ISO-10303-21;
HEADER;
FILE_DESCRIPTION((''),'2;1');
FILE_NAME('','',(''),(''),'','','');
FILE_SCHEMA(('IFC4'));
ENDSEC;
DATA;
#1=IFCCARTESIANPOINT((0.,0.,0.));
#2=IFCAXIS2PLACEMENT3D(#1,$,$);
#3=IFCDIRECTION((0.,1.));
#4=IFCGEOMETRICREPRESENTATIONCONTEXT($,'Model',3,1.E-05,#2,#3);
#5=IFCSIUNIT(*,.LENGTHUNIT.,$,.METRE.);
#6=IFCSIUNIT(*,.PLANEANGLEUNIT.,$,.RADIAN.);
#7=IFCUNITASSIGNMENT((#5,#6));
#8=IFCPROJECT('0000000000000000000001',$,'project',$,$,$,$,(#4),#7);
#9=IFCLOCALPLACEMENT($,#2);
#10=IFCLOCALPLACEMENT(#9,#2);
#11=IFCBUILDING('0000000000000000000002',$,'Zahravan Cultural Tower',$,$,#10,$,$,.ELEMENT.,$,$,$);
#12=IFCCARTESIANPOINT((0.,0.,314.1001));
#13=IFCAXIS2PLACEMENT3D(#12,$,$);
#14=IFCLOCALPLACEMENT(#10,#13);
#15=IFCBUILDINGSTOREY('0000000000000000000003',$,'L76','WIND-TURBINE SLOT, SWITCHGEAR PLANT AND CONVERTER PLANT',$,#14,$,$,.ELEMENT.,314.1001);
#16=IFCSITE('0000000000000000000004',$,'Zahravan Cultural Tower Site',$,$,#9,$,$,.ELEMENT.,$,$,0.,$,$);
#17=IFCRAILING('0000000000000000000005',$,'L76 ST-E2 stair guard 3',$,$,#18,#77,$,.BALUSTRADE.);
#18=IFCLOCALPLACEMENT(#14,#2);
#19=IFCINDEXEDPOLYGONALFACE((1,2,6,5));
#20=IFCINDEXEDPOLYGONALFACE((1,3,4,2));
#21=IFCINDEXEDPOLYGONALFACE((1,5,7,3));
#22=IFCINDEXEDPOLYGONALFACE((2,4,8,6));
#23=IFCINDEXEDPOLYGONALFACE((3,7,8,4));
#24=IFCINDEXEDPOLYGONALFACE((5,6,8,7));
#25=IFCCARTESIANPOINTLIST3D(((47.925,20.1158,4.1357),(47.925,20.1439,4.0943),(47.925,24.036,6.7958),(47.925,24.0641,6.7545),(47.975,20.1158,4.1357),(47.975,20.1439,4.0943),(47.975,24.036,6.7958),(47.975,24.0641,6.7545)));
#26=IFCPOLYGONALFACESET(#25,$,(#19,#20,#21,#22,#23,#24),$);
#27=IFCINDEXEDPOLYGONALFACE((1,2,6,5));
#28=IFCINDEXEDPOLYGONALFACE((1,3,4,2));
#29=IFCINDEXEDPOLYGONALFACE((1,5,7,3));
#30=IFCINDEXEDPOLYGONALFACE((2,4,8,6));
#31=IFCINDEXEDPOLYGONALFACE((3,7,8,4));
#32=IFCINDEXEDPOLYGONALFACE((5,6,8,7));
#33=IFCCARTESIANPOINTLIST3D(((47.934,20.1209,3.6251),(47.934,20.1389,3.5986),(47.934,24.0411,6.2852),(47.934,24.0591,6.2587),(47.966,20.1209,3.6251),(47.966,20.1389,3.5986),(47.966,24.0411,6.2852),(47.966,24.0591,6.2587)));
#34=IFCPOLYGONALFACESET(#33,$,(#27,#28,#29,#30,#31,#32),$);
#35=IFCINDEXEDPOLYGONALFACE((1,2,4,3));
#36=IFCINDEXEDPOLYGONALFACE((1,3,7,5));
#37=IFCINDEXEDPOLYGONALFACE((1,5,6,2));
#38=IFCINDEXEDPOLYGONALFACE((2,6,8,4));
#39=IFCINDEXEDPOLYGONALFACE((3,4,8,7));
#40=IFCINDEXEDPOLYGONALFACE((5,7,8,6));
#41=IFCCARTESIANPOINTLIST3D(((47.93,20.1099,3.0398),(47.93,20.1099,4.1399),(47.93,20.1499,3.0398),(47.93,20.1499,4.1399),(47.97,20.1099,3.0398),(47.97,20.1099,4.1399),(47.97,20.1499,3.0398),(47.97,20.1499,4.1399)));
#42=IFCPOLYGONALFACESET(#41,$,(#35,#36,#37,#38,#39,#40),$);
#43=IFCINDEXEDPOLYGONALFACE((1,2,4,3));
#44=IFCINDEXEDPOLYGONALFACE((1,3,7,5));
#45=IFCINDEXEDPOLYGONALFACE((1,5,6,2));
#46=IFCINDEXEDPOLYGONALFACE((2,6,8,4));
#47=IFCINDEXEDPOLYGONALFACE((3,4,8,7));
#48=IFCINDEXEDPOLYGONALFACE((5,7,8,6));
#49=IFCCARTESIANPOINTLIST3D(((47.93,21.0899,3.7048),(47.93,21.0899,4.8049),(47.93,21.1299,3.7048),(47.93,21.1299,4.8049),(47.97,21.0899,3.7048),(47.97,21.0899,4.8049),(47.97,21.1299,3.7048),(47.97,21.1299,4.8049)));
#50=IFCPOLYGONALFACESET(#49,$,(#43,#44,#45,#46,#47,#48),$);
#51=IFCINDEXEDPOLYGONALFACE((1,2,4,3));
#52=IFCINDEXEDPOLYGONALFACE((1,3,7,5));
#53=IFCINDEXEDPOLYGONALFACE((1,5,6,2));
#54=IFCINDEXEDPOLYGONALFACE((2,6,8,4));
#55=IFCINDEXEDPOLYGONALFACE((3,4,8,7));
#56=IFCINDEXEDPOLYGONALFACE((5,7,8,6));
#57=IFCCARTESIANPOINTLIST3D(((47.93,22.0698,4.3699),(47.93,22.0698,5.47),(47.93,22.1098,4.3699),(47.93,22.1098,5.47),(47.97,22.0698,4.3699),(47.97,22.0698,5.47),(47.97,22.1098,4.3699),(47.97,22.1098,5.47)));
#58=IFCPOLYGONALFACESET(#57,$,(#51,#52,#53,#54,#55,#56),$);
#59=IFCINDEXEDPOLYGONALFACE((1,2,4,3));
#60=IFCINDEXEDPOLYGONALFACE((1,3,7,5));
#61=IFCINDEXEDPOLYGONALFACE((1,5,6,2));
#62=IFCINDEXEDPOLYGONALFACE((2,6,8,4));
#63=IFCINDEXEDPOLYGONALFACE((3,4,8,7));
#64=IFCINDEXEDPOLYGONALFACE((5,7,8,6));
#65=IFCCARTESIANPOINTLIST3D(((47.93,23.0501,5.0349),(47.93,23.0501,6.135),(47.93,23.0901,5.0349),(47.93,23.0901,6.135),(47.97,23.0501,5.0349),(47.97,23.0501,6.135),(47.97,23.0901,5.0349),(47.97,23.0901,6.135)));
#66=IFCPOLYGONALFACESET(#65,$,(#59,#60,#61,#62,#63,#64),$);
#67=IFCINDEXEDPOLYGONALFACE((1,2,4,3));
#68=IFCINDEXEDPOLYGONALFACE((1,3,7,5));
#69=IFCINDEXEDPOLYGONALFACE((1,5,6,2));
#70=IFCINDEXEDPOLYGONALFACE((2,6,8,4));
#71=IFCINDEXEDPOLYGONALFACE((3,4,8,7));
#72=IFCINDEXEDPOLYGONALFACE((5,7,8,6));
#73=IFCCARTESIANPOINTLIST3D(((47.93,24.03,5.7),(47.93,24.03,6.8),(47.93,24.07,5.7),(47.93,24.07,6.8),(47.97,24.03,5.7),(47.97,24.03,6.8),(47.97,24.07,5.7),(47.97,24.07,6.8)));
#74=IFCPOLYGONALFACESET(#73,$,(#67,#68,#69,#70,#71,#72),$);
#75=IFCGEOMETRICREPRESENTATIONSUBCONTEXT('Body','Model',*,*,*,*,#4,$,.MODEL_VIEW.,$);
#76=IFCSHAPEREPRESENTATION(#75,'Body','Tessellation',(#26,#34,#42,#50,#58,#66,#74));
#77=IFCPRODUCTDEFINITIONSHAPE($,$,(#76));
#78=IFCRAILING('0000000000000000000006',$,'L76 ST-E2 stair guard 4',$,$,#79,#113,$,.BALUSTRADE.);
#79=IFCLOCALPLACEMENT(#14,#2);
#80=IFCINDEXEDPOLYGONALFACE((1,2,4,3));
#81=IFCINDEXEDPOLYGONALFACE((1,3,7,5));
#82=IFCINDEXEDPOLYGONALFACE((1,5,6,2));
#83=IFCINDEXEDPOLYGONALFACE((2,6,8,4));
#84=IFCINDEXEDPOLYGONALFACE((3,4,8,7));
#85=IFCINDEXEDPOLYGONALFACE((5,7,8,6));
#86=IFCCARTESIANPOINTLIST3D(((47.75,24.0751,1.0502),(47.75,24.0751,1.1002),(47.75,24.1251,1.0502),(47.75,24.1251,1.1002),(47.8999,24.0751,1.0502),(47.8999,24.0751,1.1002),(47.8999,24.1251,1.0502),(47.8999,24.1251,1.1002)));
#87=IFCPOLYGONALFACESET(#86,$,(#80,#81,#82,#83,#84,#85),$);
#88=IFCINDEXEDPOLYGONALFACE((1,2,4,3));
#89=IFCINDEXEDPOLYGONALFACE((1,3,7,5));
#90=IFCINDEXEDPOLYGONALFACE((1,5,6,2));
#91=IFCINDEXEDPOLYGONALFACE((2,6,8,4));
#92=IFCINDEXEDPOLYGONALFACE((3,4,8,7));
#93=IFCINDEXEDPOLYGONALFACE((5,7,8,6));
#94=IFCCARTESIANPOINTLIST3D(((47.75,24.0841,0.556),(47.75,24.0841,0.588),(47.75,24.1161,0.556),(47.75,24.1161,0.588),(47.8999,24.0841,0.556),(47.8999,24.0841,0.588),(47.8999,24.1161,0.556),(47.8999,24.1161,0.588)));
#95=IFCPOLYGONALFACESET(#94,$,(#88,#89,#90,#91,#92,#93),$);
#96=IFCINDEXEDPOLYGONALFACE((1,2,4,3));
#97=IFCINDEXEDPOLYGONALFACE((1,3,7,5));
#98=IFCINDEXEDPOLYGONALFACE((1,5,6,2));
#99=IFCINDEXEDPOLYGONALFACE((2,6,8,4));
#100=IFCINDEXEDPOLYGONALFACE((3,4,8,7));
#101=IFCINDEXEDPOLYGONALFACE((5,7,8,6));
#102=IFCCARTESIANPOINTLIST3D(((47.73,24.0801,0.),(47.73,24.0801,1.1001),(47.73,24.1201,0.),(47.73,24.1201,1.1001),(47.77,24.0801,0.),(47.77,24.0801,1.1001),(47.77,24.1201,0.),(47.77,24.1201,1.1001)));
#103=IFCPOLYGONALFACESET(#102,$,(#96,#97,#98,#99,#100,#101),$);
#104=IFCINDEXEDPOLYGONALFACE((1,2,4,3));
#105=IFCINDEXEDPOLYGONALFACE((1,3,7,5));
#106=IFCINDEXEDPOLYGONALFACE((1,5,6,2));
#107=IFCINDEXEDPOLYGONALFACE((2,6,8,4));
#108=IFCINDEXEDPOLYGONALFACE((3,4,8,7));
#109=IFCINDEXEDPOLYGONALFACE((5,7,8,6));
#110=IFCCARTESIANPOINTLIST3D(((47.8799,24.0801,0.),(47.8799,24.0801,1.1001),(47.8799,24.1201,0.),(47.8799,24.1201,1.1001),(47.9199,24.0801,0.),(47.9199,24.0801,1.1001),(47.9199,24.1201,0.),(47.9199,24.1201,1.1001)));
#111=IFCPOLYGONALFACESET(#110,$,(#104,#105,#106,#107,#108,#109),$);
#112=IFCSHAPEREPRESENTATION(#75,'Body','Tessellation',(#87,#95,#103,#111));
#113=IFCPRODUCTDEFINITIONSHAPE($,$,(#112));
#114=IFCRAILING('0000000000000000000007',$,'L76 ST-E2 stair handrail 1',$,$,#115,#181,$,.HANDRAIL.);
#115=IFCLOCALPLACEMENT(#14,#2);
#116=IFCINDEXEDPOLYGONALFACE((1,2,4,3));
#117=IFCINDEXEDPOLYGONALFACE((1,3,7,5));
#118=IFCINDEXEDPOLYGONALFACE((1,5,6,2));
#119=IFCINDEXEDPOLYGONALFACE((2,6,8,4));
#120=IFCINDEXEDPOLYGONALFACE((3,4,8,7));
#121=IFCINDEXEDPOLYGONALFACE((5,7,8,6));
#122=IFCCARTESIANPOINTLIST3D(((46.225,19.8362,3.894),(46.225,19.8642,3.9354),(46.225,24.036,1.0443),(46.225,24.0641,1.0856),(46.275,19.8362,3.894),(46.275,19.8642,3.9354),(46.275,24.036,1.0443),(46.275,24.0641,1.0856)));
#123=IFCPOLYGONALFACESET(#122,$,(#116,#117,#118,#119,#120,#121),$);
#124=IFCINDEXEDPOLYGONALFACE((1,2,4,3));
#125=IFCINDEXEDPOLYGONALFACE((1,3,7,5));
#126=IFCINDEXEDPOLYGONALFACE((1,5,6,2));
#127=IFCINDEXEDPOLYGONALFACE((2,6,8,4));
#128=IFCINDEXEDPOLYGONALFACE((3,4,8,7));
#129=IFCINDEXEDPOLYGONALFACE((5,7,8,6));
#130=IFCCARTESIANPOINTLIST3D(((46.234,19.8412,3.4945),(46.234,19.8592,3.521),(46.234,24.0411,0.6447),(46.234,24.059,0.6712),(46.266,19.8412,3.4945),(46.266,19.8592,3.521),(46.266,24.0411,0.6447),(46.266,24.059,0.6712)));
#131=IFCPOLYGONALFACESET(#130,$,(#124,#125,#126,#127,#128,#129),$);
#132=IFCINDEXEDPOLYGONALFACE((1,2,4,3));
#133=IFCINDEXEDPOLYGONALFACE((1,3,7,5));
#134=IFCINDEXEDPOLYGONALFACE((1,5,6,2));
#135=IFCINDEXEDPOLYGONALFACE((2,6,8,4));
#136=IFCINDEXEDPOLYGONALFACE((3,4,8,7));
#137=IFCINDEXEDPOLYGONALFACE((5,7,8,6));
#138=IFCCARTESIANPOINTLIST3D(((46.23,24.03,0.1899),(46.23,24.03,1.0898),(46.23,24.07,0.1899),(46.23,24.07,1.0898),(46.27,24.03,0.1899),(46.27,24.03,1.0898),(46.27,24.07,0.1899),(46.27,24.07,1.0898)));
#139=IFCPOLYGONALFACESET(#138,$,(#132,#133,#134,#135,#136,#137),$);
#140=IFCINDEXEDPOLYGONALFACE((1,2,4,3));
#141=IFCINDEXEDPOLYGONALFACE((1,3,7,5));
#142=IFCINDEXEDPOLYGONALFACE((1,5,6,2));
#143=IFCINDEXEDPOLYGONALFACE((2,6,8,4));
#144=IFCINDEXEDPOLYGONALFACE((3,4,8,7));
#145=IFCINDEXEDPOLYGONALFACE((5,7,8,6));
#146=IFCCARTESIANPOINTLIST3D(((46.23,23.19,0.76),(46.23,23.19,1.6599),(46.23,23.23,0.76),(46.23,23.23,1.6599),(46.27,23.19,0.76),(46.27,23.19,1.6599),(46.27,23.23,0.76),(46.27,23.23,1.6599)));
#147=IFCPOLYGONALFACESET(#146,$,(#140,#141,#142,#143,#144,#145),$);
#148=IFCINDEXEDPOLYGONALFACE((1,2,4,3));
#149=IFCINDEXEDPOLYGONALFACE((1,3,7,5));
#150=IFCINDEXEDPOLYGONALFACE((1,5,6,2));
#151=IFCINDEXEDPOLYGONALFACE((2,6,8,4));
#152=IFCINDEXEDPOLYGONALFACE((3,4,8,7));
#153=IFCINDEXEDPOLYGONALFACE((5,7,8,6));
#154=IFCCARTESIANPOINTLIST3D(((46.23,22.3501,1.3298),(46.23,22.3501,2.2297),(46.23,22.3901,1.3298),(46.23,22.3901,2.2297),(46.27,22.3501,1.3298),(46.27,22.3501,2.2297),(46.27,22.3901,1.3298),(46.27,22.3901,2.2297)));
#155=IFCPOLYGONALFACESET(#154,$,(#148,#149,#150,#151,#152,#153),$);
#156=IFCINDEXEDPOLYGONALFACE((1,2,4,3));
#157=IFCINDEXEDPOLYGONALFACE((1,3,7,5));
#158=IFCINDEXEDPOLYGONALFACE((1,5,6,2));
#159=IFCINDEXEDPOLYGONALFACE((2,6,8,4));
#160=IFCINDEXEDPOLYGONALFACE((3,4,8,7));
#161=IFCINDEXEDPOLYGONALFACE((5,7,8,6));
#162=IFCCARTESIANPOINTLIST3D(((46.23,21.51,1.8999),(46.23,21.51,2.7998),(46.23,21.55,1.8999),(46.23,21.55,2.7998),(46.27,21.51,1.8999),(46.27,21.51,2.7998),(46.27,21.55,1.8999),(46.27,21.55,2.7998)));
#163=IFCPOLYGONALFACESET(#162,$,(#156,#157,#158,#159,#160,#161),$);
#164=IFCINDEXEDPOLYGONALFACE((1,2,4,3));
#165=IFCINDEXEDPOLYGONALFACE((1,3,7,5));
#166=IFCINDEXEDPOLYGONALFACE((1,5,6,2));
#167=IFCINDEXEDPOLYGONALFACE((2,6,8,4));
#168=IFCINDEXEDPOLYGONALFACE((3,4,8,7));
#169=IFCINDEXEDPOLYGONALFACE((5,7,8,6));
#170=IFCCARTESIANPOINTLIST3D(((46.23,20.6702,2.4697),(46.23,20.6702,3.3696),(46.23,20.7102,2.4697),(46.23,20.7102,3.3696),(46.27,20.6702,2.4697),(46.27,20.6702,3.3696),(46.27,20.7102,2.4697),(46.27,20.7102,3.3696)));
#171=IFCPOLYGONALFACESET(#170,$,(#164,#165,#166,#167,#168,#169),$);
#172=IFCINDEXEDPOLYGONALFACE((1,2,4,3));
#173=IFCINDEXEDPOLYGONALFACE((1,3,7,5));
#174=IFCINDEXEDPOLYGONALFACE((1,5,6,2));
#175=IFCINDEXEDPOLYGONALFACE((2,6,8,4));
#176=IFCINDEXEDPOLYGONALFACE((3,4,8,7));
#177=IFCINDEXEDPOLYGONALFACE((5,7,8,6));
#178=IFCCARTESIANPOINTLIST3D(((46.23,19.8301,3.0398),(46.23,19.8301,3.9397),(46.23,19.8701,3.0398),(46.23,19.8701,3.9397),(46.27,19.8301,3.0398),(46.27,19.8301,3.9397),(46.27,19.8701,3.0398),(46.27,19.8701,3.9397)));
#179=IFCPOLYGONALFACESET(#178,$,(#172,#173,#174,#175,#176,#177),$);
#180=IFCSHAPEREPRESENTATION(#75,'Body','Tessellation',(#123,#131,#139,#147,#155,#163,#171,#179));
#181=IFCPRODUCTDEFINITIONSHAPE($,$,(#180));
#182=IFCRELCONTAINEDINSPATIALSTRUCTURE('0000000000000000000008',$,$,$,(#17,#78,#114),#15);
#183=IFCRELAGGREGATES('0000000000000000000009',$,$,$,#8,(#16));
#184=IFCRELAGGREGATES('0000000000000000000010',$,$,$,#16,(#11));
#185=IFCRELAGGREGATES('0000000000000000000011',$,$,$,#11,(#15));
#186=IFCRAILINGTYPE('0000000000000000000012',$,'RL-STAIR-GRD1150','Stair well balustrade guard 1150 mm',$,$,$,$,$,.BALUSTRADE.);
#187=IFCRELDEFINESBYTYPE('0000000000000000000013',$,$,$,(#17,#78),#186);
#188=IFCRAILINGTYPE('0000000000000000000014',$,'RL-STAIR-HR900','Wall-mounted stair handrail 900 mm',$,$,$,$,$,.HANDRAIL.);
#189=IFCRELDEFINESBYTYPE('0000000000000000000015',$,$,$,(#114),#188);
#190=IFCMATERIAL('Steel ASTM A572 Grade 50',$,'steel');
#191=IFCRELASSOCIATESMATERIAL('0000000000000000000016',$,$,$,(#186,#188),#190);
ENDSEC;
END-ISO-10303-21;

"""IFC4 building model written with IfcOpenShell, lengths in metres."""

from ifc_helpers import new_model, si_unit, direction, frame, origin, origin_2d, place, context, subcontext, project, spatial, rectangle, extrude, material, type_object, element, save


model = new_model("IFC4")

# Units and contexts
model_context = context("Model", 3, precision=1e-05, world=origin(), true_north=direction((0.0, 1.0)))
body_context = subcontext(model_context, "Body", "Model", "MODEL_VIEW")
ifc_project = project(units=[si_unit("LENGTHUNIT", "METRE"), si_unit("PLANEANGLEUNIT", "RADIAN")], contexts=[model_context])

# Site, building, storey
site_placement = place(None, origin())
site = spatial("IfcSite", under=ifc_project, at=site_placement, Name="Zahravan Cultural Tower Site", CompositionType="ELEMENT", RefElevation=0.0)
building_placement = place(site_placement, origin())
building = spatial("IfcBuilding", under=site, at=building_placement, Name="Zahravan Cultural Tower", CompositionType="ELEMENT")
storey_placement = place(building_placement, frame((0.0, 0.0, 314.1001)))
storey = spatial("IfcBuildingStorey", under=building, at=storey_placement, Name="L76", Description="WIND-TURBINE SLOT, SWITCHGEAR PLANT AND CONVERTER PLANT", CompositionType="ELEMENT", Elevation=314.1001)

# Shared definitions
ifc_material_1 = material(Name="Steel ASTM A572 Grade 50", Category="steel")

# Railings
railing_type_1 = type_object("IfcRailingType", Name="RL-STAIR-GRD1150", Description="Stair well balustrade guard 1150 mm", PredefinedType="BALUSTRADE", material=ifc_material_1)
railing_1_placement = place(storey_placement, frame((47.95, 20.1299, 3.0398)))
element("IfcRailing", 1, at=railing_1_placement, inside=storey, type_object=railing_type_1, Name="L76 ST-E2 stair guard 3", PredefinedType="BALUSTRADE", context=body_context, shape_type="SweptSolid", body=[
    extrude(rectangle(XDim=0.05, YDim=0.05, at=origin_2d()), frame((0.0, 0.0, 1.0752), z_axis=(0.0, 0.827471, 0.561508), x_axis=(-1.0, 0.0, 0.0)), (0.0, 0.0, 1.0), 4.7375),
    extrude(rectangle(XDim=0.032, YDim=0.032, at=origin_2d()), frame((0.0, 0.0, 0.572), z_axis=(0.0, 0.827471, 0.561508), x_axis=(-1.0, 0.0, 0.0)), (0.0, 0.0, 1.0), 4.7375),
    extrude(rectangle(XDim=0.04, YDim=0.04, at=origin_2d()), origin(), (0.0, 0.0, 1.0), 1.1001),
    extrude(rectangle(XDim=0.04, YDim=0.04, at=origin_2d()), frame((0.0, 0.98, 0.665)), (0.0, 0.0, 1.0), 1.1001),
    extrude(rectangle(XDim=0.04, YDim=0.04, at=origin_2d()), frame((0.0, 1.96, 1.3301)), (0.0, 0.0, 1.0), 1.1001),
    extrude(rectangle(XDim=0.04, YDim=0.04, at=origin_2d()), frame((0.0, 2.9402, 1.9951)), (0.0, 0.0, 1.0), 1.1001),
    extrude(rectangle(XDim=0.04, YDim=0.04, at=origin_2d()), frame((0.0, 3.9202, 2.6602)), (0.0, 0.0, 1.0), 1.1001),
])
railing_2_placement = place(storey_placement, frame((47.75, 24.1001, 0.0)))
element("IfcRailing", 2, at=railing_2_placement, inside=storey, type_object=railing_type_1, Name="L76 ST-E2 stair guard 4", PredefinedType="BALUSTRADE", context=body_context, shape_type="SweptSolid", body=[
    extrude(rectangle(XDim=0.05, YDim=0.05, at=origin_2d()), frame((0.0, 0.0, 1.0752), z_axis=(1.0, 0.0, 0.0), x_axis=(0.0, 1.0, 0.0)), (0.0, 0.0, 1.0), 0.1499),
    extrude(rectangle(XDim=0.032, YDim=0.032, at=origin_2d()), frame((0.0, 0.0, 0.572), z_axis=(1.0, 0.0, 0.0), x_axis=(0.0, 1.0, 0.0)), (0.0, 0.0, 1.0), 0.1499),
    extrude(rectangle(XDim=0.04, YDim=0.04, at=origin_2d()), origin(), (0.0, 0.0, 1.0), 1.1001),
    extrude(rectangle(XDim=0.04, YDim=0.04, at=origin_2d()), frame((0.1499, 0.0, 0.0)), (0.0, 0.0, 1.0), 1.1001),
])
railing_type_2 = type_object("IfcRailingType", Name="RL-STAIR-HR900", Description="Wall-mounted stair handrail 900 mm", PredefinedType="HANDRAIL", material=ifc_material_1)
railing_3_placement = place(storey_placement, frame((46.25, 24.05, 0.1899)))
element("IfcRailing", 3, at=railing_3_placement, inside=storey, type_object=railing_type_2, Name="L76 ST-E2 stair handrail 1", PredefinedType="HANDRAIL", context=body_context, shape_type="SweptSolid", body=[
    extrude(rectangle(XDim=0.05, YDim=0.05, at=origin_2d()), frame((0.0, 0.0, 0.875), z_axis=(0.0, -0.827486, 0.561486), x_axis=(1.0, 0.0, 0.0)), (0.0, 0.0, 1.0), 5.0754),
    extrude(rectangle(XDim=0.032, YDim=0.032, at=origin_2d()), frame((0.0, 0.0, 0.468), z_axis=(0.0, -0.827486, 0.561486), x_axis=(1.0, 0.0, 0.0)), (0.0, 0.0, 1.0), 5.0754),
    extrude(rectangle(XDim=0.04, YDim=0.04, at=origin_2d()), origin(), (0.0, 0.0, 1.0), 0.8999),
    extrude(rectangle(XDim=0.04, YDim=0.04, at=origin_2d()), frame((0.0, -0.8401, 0.5701)), (0.0, 0.0, 1.0), 0.8999),
    extrude(rectangle(XDim=0.04, YDim=0.04, at=origin_2d()), frame((0.0, -1.6799, 1.1399)), (0.0, 0.0, 1.0), 0.8999),
    extrude(rectangle(XDim=0.04, YDim=0.04, at=origin_2d()), frame((0.0, -2.52, 1.71)), (0.0, 0.0, 1.0), 0.8999),
    extrude(rectangle(XDim=0.04, YDim=0.04, at=origin_2d()), frame((0.0, -3.3599, 2.2798)), (0.0, 0.0, 1.0), 0.8999),
    extrude(rectangle(XDim=0.04, YDim=0.04, at=origin_2d()), frame((0.0, -4.2, 2.8499)), (0.0, 0.0, 1.0), 0.8999),
])

save(model, "model.ifc")
